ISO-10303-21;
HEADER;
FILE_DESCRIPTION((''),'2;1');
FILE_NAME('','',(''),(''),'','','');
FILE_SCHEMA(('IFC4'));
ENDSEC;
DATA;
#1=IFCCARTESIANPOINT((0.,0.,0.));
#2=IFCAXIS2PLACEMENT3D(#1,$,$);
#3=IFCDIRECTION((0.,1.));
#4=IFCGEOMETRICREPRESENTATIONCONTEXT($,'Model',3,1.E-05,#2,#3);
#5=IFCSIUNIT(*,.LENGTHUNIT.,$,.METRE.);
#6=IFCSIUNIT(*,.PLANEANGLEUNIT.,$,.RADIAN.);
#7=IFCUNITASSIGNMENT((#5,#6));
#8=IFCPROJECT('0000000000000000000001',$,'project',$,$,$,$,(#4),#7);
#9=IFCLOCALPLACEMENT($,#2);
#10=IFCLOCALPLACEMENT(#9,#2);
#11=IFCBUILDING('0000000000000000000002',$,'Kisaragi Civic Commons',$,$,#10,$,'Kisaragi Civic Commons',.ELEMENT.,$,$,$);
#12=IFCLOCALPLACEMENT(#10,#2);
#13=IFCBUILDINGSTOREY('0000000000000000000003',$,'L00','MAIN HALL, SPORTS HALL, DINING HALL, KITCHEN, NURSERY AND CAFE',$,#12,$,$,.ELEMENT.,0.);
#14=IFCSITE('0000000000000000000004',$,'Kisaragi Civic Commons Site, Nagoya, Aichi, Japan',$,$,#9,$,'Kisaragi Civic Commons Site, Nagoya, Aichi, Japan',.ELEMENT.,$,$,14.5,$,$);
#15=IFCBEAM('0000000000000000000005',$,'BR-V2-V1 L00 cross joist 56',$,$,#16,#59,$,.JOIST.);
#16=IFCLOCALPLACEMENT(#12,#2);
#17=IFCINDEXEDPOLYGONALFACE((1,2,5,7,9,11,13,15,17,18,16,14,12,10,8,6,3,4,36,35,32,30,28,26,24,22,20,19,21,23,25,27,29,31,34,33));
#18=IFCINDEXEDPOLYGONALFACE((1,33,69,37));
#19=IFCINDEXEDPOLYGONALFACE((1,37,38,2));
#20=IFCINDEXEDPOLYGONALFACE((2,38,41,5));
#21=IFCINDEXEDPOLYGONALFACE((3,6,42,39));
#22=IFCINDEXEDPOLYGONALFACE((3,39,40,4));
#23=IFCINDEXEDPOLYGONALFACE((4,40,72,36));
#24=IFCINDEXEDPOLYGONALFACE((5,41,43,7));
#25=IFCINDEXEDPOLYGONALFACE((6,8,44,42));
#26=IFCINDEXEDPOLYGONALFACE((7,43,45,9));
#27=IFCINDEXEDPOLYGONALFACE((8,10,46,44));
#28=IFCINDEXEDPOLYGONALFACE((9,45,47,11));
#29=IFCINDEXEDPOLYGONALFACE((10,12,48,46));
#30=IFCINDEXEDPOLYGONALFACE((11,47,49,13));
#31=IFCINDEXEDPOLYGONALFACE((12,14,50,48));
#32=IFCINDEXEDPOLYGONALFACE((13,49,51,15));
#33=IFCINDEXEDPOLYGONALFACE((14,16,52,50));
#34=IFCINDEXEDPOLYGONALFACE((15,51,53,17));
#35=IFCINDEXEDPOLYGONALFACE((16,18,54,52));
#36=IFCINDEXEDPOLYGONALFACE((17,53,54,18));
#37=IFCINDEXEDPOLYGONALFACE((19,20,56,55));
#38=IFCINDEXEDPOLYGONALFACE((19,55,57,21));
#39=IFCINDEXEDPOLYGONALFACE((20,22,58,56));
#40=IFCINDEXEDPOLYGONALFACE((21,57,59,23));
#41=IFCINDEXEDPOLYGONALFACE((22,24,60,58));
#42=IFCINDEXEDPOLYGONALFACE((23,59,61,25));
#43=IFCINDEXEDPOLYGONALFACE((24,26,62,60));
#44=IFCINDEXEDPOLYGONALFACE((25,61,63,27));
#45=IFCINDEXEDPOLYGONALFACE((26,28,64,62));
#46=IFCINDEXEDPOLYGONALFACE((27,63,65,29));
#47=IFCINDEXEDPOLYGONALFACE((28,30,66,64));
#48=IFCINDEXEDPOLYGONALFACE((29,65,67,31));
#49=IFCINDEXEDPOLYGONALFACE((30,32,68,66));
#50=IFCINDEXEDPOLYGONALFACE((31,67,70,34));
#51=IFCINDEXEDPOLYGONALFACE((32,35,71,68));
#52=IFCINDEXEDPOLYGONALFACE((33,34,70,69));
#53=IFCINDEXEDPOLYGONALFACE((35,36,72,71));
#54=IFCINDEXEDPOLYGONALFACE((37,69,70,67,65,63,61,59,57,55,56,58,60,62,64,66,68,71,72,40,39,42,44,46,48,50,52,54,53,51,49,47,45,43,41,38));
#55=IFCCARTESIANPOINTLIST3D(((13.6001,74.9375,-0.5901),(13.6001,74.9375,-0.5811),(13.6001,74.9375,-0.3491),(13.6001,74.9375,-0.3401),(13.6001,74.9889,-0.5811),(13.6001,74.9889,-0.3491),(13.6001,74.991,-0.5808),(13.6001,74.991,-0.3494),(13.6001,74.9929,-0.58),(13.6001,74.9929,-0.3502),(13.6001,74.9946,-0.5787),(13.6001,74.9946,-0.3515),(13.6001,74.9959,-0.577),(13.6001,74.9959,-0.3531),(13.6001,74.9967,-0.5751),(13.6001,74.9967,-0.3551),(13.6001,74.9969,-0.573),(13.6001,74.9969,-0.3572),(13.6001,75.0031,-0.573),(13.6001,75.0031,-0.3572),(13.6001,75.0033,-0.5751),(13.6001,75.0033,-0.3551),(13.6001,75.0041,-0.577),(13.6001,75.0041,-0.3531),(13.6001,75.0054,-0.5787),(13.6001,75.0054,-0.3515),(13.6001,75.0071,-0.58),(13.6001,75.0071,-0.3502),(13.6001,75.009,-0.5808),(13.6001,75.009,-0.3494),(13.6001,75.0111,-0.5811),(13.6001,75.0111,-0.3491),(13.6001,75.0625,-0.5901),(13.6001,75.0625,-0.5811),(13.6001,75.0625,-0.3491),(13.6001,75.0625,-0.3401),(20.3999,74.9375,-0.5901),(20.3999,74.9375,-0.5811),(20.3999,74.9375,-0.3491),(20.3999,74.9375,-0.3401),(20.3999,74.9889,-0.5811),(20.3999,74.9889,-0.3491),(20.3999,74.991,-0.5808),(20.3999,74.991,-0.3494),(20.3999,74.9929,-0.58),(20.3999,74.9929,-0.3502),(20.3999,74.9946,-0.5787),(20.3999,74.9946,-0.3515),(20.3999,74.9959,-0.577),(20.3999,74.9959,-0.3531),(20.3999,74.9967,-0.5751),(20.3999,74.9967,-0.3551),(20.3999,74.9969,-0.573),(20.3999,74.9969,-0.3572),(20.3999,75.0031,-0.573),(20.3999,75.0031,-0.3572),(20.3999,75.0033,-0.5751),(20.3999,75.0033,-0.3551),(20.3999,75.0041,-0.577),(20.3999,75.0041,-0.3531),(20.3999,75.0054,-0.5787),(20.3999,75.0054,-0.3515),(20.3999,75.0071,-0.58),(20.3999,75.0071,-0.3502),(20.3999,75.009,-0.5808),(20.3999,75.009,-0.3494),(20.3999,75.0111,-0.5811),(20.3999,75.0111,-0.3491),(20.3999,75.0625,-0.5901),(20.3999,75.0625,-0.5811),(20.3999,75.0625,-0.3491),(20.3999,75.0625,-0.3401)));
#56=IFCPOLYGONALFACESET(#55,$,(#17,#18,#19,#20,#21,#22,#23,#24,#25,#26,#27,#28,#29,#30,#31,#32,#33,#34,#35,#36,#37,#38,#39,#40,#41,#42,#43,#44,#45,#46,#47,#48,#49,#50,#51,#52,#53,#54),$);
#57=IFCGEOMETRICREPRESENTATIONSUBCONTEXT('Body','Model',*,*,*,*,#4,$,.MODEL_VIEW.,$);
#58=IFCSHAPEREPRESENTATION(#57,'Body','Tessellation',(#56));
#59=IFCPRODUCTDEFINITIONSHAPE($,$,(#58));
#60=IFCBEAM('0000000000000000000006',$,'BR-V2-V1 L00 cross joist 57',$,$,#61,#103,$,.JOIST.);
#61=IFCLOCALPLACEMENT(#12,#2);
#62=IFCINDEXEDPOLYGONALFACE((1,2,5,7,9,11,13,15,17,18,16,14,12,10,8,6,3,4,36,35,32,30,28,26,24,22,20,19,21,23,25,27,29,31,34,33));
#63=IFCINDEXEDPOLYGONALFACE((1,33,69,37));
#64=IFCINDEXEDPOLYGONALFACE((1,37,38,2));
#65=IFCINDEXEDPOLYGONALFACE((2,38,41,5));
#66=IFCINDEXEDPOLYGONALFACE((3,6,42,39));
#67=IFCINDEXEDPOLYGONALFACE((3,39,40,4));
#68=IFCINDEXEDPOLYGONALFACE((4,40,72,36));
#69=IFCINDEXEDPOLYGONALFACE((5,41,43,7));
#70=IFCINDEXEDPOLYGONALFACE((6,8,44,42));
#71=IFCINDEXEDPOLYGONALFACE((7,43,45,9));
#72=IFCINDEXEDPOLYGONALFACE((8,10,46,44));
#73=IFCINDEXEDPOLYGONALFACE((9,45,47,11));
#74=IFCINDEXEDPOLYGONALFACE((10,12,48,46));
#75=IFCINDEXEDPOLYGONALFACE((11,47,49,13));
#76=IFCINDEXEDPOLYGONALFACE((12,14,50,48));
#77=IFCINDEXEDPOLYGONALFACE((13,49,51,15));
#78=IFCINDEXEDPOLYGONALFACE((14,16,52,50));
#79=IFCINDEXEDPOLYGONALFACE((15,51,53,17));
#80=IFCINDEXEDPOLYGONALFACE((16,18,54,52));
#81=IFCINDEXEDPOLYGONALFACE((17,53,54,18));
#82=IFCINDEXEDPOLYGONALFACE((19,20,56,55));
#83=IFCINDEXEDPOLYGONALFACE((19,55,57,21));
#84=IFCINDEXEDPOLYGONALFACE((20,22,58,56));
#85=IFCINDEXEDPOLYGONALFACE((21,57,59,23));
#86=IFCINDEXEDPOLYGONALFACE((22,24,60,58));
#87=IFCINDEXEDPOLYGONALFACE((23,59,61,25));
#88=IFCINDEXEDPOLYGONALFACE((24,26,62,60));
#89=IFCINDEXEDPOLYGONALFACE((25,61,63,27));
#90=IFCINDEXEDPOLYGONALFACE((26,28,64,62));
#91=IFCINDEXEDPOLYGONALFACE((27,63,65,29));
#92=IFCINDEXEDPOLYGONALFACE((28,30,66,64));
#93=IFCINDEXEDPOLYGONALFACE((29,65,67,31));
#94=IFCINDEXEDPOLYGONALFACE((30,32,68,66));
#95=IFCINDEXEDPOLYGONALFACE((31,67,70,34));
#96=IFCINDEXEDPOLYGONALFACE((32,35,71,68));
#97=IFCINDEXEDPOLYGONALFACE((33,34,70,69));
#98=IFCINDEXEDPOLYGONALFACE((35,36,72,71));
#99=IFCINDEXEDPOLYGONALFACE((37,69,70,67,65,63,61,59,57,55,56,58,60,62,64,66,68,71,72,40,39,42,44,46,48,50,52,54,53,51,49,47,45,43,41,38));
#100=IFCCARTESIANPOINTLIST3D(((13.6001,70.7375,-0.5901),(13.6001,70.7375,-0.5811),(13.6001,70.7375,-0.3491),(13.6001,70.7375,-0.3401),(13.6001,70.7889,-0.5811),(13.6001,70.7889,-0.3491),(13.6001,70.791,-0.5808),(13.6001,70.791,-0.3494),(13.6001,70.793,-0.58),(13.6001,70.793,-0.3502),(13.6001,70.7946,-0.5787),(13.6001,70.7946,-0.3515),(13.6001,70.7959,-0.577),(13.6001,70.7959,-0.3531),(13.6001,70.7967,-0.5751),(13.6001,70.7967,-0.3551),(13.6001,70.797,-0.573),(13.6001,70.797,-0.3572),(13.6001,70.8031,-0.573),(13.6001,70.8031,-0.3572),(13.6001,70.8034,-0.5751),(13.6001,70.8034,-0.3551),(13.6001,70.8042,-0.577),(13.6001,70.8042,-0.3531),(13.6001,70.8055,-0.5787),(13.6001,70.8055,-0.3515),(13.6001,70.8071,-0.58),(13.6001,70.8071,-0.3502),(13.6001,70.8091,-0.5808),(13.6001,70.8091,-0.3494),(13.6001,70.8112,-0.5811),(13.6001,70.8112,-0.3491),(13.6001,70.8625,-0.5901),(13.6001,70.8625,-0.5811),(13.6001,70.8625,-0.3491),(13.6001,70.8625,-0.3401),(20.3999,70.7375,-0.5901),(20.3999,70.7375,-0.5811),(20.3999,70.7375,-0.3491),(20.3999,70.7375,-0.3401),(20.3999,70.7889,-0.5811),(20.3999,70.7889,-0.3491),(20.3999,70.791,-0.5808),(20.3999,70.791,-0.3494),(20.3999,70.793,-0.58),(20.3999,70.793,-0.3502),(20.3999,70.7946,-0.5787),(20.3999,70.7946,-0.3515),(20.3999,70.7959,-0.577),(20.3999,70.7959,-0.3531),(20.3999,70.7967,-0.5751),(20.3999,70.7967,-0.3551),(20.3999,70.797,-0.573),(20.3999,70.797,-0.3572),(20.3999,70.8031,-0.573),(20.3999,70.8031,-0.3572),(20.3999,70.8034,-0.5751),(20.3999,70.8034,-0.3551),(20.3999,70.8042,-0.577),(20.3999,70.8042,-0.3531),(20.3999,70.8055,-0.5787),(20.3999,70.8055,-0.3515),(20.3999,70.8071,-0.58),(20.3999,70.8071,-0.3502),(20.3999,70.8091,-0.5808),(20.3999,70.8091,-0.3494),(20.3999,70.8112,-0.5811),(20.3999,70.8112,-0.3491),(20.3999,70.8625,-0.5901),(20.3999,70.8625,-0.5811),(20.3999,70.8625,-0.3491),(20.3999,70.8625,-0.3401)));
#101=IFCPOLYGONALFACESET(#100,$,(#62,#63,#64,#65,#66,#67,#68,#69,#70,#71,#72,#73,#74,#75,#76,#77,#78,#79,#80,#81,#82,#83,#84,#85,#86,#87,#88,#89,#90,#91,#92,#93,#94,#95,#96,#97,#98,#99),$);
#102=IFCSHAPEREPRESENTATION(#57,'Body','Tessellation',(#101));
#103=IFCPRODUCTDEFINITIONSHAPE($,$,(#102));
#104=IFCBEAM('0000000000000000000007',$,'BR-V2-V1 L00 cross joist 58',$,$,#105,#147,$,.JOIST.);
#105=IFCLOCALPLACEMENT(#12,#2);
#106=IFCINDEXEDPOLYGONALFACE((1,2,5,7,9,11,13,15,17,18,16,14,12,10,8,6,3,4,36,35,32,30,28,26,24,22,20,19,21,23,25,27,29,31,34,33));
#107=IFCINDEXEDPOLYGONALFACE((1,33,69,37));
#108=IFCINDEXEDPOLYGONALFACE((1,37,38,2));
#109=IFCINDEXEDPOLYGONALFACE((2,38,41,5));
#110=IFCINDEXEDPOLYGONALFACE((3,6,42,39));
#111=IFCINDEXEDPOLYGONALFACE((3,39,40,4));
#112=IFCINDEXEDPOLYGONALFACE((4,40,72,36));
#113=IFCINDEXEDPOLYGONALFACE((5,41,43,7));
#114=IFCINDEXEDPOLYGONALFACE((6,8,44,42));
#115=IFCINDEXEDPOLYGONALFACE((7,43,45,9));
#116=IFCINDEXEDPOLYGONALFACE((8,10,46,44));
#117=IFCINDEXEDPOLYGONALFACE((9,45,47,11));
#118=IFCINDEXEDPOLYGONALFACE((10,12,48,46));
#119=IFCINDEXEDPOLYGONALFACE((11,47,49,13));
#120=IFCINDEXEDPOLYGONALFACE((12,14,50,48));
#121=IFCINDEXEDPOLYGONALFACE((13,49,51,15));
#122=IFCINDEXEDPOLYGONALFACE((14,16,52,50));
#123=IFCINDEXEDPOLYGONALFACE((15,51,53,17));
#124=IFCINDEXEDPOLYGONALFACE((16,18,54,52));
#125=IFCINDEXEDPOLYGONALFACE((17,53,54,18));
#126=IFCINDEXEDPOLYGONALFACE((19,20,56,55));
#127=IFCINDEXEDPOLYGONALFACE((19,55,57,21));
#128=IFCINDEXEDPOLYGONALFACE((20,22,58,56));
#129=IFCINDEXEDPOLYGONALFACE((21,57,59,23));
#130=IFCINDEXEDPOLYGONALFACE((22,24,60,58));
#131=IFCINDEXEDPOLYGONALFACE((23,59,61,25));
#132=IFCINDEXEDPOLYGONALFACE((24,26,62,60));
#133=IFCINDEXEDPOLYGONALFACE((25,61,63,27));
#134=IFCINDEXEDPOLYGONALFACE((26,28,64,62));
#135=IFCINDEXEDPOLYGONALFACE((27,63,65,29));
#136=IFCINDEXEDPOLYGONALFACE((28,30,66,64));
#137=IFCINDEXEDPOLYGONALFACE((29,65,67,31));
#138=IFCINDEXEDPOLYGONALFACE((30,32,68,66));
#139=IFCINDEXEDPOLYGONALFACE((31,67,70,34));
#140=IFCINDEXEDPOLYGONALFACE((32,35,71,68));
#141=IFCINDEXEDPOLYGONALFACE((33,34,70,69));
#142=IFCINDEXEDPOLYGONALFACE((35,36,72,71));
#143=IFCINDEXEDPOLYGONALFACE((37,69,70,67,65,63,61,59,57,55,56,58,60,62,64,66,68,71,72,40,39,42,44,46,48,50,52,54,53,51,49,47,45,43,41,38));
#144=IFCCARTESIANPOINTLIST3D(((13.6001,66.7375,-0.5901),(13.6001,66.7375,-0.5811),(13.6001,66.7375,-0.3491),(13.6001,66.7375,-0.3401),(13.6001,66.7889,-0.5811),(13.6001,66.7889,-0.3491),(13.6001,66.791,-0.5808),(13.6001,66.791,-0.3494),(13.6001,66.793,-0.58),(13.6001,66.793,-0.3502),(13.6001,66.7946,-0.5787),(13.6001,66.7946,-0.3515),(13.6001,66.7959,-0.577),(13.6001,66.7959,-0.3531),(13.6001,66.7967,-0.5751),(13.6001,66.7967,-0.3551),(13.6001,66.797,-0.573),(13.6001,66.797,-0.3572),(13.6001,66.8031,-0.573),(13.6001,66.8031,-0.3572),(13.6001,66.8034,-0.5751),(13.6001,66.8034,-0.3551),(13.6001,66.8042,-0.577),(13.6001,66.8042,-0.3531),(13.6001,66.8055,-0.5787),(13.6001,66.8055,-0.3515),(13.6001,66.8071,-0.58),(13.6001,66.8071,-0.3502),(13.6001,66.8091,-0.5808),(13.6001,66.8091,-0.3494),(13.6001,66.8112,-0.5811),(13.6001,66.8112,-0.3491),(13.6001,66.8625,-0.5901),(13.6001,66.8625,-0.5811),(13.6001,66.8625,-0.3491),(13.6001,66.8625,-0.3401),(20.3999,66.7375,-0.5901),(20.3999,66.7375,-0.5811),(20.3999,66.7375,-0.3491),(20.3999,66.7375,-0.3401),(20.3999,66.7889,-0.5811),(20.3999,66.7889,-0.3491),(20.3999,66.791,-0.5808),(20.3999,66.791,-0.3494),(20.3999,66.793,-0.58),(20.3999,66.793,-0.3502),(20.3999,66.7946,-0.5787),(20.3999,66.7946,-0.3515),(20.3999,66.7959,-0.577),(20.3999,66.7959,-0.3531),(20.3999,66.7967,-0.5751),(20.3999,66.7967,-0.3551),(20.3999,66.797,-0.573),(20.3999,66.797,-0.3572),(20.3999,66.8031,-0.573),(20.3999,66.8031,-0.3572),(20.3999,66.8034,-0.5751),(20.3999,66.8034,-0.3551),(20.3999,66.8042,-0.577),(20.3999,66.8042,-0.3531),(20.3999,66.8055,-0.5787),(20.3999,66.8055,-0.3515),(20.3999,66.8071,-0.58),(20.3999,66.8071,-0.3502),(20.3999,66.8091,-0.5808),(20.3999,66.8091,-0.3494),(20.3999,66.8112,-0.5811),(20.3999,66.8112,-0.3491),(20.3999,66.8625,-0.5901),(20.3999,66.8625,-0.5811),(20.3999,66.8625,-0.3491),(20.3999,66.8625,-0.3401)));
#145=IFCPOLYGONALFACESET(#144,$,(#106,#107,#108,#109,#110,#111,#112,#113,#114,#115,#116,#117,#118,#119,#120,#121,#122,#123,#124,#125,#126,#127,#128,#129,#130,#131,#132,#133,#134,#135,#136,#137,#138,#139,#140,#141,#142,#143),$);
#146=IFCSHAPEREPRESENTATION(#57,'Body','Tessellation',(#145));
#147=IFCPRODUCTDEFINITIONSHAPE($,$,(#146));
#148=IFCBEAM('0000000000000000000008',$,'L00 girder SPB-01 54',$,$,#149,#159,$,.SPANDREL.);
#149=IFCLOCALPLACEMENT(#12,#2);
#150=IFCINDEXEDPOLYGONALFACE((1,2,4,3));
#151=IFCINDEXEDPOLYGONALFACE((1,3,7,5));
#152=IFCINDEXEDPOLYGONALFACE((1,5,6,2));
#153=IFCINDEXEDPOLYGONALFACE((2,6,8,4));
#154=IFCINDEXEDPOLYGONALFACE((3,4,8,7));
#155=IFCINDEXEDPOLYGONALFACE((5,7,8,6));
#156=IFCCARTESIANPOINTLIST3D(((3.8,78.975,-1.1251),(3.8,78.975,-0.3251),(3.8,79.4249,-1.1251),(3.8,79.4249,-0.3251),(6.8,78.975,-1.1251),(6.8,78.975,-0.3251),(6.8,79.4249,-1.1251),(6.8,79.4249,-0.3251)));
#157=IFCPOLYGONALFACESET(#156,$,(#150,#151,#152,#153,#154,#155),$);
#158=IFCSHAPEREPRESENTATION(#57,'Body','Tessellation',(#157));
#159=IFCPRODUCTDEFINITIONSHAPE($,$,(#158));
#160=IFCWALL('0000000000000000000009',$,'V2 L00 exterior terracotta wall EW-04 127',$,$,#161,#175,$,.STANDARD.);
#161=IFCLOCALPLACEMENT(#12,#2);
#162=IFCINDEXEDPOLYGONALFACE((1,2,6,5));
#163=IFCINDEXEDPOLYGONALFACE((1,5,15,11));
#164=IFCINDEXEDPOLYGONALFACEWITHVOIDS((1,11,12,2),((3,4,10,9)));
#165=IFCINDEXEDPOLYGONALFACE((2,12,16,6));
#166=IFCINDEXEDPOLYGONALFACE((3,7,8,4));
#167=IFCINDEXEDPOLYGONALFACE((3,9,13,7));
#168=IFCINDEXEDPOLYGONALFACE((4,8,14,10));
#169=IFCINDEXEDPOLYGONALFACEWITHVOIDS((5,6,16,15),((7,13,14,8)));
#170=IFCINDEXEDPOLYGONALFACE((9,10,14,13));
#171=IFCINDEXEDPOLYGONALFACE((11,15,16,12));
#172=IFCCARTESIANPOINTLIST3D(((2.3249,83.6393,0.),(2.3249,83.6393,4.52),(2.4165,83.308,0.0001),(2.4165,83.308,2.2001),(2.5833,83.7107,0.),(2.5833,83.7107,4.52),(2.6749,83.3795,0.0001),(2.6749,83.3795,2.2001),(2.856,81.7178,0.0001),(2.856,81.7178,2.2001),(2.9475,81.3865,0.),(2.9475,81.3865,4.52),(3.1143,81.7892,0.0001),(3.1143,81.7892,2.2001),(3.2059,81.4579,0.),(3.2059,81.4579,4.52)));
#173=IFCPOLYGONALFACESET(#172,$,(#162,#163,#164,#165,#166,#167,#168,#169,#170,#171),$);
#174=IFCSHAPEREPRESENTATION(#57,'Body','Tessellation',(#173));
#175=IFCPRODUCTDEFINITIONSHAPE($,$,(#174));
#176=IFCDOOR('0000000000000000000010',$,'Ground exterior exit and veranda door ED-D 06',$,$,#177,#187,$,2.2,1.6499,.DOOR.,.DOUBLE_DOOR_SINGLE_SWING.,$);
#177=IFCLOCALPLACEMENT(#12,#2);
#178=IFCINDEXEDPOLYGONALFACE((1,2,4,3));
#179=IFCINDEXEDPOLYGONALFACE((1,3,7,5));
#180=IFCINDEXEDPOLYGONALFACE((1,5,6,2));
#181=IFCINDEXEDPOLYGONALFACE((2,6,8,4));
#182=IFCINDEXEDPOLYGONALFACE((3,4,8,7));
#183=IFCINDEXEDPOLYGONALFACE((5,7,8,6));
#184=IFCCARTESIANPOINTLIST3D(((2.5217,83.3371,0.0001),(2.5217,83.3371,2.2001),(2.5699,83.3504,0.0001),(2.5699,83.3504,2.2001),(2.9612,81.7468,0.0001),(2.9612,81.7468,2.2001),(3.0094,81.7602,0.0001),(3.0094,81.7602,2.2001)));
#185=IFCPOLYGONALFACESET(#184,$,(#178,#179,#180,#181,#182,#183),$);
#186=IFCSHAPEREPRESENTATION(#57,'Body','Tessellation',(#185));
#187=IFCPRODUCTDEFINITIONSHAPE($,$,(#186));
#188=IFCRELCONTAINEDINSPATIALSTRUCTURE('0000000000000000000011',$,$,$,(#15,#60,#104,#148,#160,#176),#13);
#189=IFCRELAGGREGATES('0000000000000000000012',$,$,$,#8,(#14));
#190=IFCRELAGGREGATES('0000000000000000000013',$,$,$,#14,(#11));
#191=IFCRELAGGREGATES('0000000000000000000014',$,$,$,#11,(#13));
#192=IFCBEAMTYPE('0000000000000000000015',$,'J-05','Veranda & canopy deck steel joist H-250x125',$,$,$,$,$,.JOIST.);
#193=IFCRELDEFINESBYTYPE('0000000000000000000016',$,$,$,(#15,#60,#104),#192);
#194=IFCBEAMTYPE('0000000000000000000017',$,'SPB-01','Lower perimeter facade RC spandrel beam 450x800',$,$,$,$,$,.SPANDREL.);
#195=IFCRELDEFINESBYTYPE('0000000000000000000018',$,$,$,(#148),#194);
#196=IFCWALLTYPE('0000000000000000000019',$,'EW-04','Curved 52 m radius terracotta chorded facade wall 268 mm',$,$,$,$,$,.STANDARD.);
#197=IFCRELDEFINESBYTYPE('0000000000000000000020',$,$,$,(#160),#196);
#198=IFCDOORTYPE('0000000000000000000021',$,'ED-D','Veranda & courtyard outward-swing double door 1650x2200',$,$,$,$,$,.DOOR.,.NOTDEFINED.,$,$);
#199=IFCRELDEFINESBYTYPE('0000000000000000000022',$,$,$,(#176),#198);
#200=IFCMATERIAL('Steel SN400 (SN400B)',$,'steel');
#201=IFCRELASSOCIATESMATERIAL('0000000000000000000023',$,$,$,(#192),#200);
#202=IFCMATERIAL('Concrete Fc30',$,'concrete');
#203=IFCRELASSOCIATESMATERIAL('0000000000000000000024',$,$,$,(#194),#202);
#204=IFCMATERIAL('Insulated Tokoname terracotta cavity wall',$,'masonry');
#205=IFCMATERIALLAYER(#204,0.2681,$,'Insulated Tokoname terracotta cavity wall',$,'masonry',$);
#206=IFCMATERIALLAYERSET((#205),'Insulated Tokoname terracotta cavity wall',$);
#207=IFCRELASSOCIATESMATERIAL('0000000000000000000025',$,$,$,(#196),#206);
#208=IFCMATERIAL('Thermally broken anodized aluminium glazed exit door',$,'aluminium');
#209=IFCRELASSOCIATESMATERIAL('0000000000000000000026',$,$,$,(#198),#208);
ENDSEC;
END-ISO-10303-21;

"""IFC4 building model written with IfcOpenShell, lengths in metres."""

from ifc_helpers import new_model, si_unit, direction, frame, frame_2d, origin, origin_2d, place, context, subcontext, project, spatial, rectangle, i_section, extrude, material, layer, layer_set, material_profile, profile_set, type_object, element, fill, save


model = new_model("IFC4")

# Units and contexts
model_context = context("Model", 3, precision=1e-05, world=origin(), true_north=direction((0.0, 1.0)))
body_context = subcontext(model_context, "Body", "Model", "MODEL_VIEW")
ifc_project = project(units=[si_unit("LENGTHUNIT", "METRE"), si_unit("PLANEANGLEUNIT", "RADIAN")], contexts=[model_context])

# Site, building, storey
site_placement = place(None, origin())
site = spatial("IfcSite", under=ifc_project, at=site_placement, Name="Kisaragi Civic Commons Site, Nagoya, Aichi, Japan", LongName="Kisaragi Civic Commons Site, Nagoya, Aichi, Japan", CompositionType="ELEMENT", RefElevation=14.5)
building_placement = place(site_placement, origin())
building = spatial("IfcBuilding", under=site, at=building_placement, Name="Kisaragi Civic Commons", LongName="Kisaragi Civic Commons", CompositionType="ELEMENT")
storey_placement = place(building_placement, origin())
storey = spatial("IfcBuildingStorey", under=building, at=storey_placement, Name="L00", Description="MAIN HALL, SPORTS HALL, DINING HALL, KITCHEN, NURSERY AND CAFE", CompositionType="ELEMENT", Elevation=0.0)

# Shared definitions
ifc_material_1 = material(Name="Concrete Fc30", Category="concrete")

# Beams
ifc_material_2 = material(Name="Steel SN400 (SN400B)", Category="steel")
ifc_material_profile_1 = material_profile(ifc_material_2, i_section(OverallWidth=0.125, OverallDepth=0.25, WebThickness=0.0061, FlangeThickness=0.009, FilletRadius=0.0081, at=origin_2d()), Name="H-250x125x6x9", Category="steel")
ifc_profile_set_1 = profile_set([ifc_material_profile_1], Name="Steel SN400 (SN400B)")
beam_type_1 = type_object("IfcBeamType", Name="J-05", Description="Veranda & canopy deck steel joist H-250x125", PredefinedType="JOIST", material=ifc_profile_set_1)
for number, where, z_axis, x_axis, name in (
    (1, (13.6001, 75.0, -0.4651), (1.0, 0.0, 0.0), (0.0, 1.0, 0.0), "BR-V2-V1 L00 cross joist 56"),
    (2, (13.6001, 70.8, -0.4651), (1.0, 0.0, 0.0), (0.0, 1.0, 0.0), "BR-V2-V1 L00 cross joist 57"),
    (3, (13.6001, 66.8, -0.4651), (1.0, 0.0, 0.0), (0.0, 1.0, 0.0), "BR-V2-V1 L00 cross joist 58"),
):
    element("IfcBeam", number, at=place(storey_placement, frame(where, z_axis=z_axis, x_axis=x_axis)), inside=storey, type_object=beam_type_1, Name=name, PredefinedType="JOIST", context=body_context, shape_type="SweptSolid", body=[
        extrude(i_section(OverallWidth=0.125, OverallDepth=0.25, WebThickness=0.0061, FlangeThickness=0.009, FilletRadius=0.0081, at=origin_2d()), origin(), (0.0, 0.0, 1.0), 6.7998),
    ])
ifc_material_profile_2 = material_profile(ifc_material_1, rectangle(XDim=0.45, YDim=0.8, at=origin_2d()), Name="RC-450x800", Category="concrete")
ifc_profile_set_2 = profile_set([ifc_material_profile_2], Name="Concrete Fc30")
beam_type_2 = type_object("IfcBeamType", Name="SPB-01", Description="Lower perimeter facade RC spandrel beam 450x800", PredefinedType="SPANDREL", material=ifc_profile_set_2)
beam_1_placement = place(storey_placement, frame((3.8, 79.2, -0.7251), z_axis=(1.0, 0.0, 0.0), x_axis=(0.0, 1.0, 0.0)))
element("IfcBeam", 4, at=beam_1_placement, inside=storey, type_object=beam_type_2, Name="L00 girder SPB-01 54", PredefinedType="SPANDREL", context=body_context, shape_type="SweptSolid", body=[
    extrude(rectangle(XDim=0.45, YDim=0.8, at=origin_2d()), origin(), (0.0, 0.0, 1.0), 3.0),
])

# Wall, opening, door
ifc_material_3 = material(Name="Insulated Tokoname terracotta cavity wall", Category="masonry")
ifc_layer_1 = layer(ifc_material_3, 0.2681, Name="Insulated Tokoname terracotta cavity wall", Category="masonry")
ifc_layer_set_1 = layer_set([ifc_layer_1], Name="Insulated Tokoname terracotta cavity wall")
wall_type_1 = type_object("IfcWallType", Name="EW-04", Description="Curved 52 m radius terracotta chorded facade wall 268 mm", PredefinedType="STANDARD", material=ifc_layer_set_1)
wall_1_placement = place(storey_placement, frame((3.0767, 81.4224, 0.0), z_axis=(0.0, 0.0, 1.0), x_axis=(-0.266378, 0.963869, 0.0)))
wall_1 = element("IfcWall", 5, at=wall_1_placement, inside=storey, type_object=wall_type_1, Name="V2 L00 exterior terracotta wall EW-04 127", PredefinedType="STANDARD", context=body_context, shape_type="SweptSolid", body=[
    extrude(rectangle(XDim=2.3372, YDim=0.2681, at=frame_2d((1.1685, 0.0))), origin(), (0.0, 0.0, 1.0), 4.52),
])
opening_1_placement = place(wall_1_placement, frame((0.3435, 0.0, 0.0)))
opening_1 = element("IfcOpeningElement", 6, at=opening_1_placement, cuts=wall_1, PredefinedType="OPENING", context=body_context, shape_type="SweptSolid", body=[
    extrude(rectangle(XDim=1.6499, YDim=2.2, at=frame_2d((0.825, 1.1001))), frame((0.0, 0.144, 0.0), z_axis=(0.0, -1.0, 0.0), x_axis=(1.0, 0.0, 0.0)), (0.0, 0.0, 1.0), 0.2881),
])
ifc_material_4 = material(Name="Thermally broken anodized aluminium glazed exit door", Category="aluminium")
door_type_1 = type_object("IfcDoorType", Name="ED-D", Description="Veranda & courtyard outward-swing double door 1650x2200", OperationType="NOTDEFINED", PredefinedType="DOOR", material=ifc_material_4)
door_1_placement = place(opening_1_placement, origin())
door_1 = element("IfcDoor", 7, at=door_1_placement, inside=storey, type_object=door_type_1, Name="Ground exterior exit and veranda door ED-D 06", OperationType="DOUBLE_DOOR_SINGLE_SWING", OverallHeight=2.2, OverallWidth=1.6499, PredefinedType="DOOR", context=body_context, shape_type="SweptSolid", body=[
    extrude(rectangle(XDim=1.6499, YDim=2.2, at=frame_2d((0.825, 1.1001))), frame((0.0, 0.0249, 0.0), z_axis=(0.0, -1.0, 0.0), x_axis=(1.0, 0.0, 0.0)), (0.0, 0.0, 1.0), 0.05),
])
fill(opening_1, door_1)

save(model, "model.ifc")
